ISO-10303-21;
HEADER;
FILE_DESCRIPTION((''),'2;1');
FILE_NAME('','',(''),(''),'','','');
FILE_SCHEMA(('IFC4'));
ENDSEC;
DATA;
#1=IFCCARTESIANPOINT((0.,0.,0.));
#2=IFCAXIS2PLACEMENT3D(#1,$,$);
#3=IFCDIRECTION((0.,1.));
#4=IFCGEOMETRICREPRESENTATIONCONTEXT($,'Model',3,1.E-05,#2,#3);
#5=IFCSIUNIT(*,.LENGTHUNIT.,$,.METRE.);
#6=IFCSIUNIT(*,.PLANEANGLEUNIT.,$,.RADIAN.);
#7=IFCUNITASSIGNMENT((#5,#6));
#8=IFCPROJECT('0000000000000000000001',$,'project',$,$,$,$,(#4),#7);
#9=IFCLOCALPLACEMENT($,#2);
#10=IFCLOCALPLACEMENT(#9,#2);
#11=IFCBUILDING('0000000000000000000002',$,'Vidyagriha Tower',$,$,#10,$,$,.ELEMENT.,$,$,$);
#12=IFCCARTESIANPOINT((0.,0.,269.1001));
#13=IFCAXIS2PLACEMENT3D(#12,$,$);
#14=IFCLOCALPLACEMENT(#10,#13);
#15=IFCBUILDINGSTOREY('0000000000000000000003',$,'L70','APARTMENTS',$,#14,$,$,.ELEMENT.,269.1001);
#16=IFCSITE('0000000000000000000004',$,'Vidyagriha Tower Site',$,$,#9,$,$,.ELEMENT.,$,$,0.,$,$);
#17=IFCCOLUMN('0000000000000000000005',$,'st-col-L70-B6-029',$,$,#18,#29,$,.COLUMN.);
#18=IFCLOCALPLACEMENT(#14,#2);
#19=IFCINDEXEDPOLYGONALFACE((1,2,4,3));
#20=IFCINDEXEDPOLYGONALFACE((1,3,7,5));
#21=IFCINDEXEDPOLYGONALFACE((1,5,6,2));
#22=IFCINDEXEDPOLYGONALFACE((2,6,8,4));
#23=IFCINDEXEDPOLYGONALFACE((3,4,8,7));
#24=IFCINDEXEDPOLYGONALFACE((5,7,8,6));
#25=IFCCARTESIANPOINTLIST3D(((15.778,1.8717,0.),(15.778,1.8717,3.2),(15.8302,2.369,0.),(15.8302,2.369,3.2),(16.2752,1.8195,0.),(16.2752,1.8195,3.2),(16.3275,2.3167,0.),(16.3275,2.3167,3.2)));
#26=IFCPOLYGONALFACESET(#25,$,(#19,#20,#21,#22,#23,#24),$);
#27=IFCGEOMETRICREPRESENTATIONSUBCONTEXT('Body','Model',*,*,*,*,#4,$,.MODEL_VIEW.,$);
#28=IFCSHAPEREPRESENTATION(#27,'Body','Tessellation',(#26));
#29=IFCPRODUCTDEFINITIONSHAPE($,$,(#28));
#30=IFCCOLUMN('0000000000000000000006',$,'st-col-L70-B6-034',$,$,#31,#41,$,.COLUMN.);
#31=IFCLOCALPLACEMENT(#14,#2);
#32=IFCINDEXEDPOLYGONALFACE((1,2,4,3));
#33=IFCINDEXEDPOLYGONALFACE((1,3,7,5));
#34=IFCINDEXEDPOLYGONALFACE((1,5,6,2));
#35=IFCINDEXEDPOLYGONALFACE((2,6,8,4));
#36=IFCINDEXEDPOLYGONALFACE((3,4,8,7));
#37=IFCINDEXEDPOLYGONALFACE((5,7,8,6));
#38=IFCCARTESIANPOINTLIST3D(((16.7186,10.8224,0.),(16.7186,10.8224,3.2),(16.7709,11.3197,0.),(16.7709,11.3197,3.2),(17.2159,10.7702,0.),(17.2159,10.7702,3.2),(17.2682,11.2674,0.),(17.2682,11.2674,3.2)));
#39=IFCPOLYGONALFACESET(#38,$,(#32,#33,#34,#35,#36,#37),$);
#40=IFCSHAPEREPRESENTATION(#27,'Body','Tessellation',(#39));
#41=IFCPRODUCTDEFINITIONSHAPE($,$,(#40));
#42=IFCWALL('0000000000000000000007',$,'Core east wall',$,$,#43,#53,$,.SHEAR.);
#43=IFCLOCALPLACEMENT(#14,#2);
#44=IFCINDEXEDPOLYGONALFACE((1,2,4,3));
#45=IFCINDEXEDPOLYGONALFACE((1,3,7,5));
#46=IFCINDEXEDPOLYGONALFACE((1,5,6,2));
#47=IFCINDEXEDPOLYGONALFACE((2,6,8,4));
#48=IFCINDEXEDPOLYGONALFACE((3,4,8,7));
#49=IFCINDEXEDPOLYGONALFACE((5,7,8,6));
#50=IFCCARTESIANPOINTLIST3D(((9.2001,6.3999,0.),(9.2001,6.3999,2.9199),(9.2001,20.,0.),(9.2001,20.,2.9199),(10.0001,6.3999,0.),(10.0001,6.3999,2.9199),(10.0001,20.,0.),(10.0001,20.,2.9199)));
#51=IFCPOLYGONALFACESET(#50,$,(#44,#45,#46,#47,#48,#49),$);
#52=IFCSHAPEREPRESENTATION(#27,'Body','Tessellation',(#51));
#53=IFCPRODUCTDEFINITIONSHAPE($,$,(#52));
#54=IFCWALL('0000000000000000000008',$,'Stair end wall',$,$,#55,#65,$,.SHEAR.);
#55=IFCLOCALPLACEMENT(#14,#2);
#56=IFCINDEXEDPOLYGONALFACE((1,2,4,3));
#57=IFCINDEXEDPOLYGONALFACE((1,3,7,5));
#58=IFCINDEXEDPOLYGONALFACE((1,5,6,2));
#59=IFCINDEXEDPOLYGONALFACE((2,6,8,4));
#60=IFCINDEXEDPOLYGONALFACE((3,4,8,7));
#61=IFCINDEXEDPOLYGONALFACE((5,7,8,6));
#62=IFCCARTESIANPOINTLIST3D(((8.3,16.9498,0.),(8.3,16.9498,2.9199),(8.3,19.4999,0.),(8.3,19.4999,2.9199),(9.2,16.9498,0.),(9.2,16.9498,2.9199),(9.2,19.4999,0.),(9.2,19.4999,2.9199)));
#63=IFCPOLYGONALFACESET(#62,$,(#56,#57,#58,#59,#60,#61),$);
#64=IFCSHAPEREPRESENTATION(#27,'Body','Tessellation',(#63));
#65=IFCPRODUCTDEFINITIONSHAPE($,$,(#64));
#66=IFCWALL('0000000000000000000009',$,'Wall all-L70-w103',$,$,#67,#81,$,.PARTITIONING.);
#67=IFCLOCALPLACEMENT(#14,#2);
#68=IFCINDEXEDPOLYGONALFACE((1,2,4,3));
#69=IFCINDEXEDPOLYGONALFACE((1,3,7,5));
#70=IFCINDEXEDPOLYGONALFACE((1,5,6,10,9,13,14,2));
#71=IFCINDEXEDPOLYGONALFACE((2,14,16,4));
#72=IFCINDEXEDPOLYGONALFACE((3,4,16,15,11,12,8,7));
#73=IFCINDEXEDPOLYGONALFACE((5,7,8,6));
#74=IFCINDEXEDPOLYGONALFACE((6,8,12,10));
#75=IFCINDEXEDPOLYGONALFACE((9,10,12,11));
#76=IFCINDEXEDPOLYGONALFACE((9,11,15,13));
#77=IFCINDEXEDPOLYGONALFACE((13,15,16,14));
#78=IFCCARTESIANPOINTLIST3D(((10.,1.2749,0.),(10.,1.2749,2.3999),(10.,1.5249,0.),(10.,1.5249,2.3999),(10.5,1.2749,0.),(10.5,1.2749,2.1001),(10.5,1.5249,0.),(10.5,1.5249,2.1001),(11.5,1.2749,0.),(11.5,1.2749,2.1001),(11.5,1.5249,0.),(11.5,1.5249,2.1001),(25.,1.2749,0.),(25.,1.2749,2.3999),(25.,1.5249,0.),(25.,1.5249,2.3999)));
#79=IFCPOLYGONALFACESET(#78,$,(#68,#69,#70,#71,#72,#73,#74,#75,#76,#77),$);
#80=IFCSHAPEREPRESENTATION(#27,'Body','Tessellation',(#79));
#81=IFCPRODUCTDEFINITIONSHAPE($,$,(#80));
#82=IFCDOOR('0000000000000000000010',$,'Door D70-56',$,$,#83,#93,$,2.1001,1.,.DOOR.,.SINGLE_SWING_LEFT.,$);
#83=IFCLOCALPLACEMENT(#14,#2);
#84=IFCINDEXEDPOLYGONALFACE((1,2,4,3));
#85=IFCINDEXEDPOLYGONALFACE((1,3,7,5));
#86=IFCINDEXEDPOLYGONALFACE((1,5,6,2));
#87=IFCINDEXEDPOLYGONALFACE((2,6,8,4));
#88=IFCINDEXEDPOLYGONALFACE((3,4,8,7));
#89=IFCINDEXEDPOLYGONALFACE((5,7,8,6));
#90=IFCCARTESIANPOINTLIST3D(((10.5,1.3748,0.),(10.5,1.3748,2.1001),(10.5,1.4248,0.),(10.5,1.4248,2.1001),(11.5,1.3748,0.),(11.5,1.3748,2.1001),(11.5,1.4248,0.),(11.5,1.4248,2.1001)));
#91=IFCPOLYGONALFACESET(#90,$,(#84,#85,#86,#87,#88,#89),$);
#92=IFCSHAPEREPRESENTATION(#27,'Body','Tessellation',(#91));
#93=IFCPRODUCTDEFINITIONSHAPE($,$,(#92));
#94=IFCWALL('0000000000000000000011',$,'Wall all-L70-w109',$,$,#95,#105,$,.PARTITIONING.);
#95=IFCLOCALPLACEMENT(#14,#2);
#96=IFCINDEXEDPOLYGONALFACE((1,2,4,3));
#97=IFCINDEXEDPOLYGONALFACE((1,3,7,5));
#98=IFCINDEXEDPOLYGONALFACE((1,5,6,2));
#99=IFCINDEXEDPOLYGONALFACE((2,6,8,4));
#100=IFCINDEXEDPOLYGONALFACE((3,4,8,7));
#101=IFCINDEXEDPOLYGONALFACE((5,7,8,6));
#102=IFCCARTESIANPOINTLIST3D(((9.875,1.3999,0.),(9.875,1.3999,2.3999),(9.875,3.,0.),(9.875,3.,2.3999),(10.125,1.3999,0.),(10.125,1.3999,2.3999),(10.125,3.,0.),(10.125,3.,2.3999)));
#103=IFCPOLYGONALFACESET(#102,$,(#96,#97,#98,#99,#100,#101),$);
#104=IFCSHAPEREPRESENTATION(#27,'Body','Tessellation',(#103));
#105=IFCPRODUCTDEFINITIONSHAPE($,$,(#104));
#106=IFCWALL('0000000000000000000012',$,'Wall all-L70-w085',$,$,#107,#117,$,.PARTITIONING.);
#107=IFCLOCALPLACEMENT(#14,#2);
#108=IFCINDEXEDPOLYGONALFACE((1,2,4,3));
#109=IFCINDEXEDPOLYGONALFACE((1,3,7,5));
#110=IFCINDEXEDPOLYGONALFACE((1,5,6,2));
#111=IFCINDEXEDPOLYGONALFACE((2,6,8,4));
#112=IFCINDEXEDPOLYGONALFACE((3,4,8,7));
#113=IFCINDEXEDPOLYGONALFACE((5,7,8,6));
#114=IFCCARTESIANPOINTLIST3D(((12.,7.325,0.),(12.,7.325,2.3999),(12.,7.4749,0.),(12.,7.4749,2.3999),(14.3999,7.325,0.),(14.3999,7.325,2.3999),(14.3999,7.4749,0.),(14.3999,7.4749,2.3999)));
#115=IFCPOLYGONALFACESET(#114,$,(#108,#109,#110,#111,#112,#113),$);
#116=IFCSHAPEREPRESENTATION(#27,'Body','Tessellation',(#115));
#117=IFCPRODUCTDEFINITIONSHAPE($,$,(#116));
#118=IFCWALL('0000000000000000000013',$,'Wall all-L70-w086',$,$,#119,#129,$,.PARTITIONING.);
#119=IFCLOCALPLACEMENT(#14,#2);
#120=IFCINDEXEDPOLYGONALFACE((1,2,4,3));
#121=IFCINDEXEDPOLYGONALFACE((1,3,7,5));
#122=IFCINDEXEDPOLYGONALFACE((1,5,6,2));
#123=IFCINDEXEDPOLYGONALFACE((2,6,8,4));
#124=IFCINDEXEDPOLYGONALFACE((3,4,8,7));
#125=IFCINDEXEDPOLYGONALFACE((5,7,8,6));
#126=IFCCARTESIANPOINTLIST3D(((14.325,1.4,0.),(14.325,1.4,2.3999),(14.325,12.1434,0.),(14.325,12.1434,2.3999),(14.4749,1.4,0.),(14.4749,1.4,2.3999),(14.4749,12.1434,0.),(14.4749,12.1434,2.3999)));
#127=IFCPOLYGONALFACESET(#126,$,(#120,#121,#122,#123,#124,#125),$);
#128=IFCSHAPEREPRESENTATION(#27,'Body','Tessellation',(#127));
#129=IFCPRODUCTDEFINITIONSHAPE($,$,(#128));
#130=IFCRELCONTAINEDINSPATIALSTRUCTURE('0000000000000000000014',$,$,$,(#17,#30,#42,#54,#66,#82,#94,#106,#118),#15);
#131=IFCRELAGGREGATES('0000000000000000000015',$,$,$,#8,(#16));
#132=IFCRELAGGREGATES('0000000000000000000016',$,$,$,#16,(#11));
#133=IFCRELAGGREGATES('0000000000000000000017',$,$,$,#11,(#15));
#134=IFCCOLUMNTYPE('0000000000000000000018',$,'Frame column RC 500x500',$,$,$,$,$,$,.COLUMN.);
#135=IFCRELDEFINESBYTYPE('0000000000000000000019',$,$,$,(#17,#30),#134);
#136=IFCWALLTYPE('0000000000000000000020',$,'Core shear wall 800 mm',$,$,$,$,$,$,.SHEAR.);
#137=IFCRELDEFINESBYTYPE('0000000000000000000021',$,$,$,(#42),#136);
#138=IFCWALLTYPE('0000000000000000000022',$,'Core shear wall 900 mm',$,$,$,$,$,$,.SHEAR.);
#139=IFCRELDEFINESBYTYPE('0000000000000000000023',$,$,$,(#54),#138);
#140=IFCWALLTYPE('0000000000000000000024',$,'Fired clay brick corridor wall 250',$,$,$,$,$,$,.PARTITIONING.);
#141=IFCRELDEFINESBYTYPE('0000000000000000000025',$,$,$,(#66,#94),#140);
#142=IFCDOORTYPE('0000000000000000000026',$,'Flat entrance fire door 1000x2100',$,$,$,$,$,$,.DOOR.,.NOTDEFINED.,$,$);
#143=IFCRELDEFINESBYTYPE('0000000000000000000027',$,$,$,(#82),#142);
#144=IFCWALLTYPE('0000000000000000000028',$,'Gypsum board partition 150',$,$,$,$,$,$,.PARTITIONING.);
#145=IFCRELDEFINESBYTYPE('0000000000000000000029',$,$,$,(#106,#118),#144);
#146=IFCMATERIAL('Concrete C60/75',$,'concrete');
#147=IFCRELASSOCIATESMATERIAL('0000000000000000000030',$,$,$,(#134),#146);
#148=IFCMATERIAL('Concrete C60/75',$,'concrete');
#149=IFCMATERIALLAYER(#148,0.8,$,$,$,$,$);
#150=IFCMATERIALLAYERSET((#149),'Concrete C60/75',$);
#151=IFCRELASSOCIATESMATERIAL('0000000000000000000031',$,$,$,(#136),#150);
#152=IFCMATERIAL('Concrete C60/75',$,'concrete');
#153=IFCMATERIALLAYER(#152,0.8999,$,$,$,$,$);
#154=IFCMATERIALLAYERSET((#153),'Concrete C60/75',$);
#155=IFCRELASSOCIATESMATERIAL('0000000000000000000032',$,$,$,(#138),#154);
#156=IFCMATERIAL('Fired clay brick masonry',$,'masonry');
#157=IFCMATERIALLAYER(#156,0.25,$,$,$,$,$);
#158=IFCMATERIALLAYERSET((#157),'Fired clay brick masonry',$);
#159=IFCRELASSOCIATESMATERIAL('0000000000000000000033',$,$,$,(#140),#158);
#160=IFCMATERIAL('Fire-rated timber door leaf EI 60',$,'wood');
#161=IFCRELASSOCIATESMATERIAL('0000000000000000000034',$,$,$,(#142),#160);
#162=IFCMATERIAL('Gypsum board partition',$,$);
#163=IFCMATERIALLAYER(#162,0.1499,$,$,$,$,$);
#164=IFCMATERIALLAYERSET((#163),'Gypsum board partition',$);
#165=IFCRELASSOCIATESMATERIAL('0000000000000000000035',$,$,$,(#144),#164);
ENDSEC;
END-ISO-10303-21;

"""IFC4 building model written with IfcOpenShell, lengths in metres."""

from ifc_helpers import new_model, si_unit, direction, frame, frame_2d, origin, origin_2d, place, context, subcontext, project, spatial, rectangle, extrude, material, layer, layer_set, material_profile, profile_set, type_object, element, fill, save


model = new_model("IFC4")

# Units and contexts
model_context = context("Model", 3, precision=1e-05, world=origin(), true_north=direction((0.0, 1.0)))
body_context = subcontext(model_context, "Body", "Model", "MODEL_VIEW")
ifc_project = project(units=[si_unit("LENGTHUNIT", "METRE"), si_unit("PLANEANGLEUNIT", "RADIAN")], contexts=[model_context])

# Site, building, storey
site_placement = place(None, origin())
site = spatial("IfcSite", under=ifc_project, at=site_placement, Name="Vidyagriha Tower Site", CompositionType="ELEMENT", RefElevation=0.0)
building_placement = place(site_placement, origin())
building = spatial("IfcBuilding", under=site, at=building_placement, Name="Vidyagriha Tower", CompositionType="ELEMENT")
storey_placement = place(building_placement, frame((0.0, 0.0, 269.1001)))
storey = spatial("IfcBuildingStorey", under=building, at=storey_placement, Name="L70", Description="APARTMENTS", CompositionType="ELEMENT", Elevation=269.1001)

# Columns
ifc_material_1 = material(Name="Concrete C60/75", Category="concrete")
ifc_material_profile = material_profile(ifc_material_1, rectangle(XDim=0.5, YDim=0.5, at=origin_2d()), Name="RC 500x500")
ifc_profile_set = profile_set([ifc_material_profile], Name="Concrete C60/75")
column_type = type_object("IfcColumnType", Name="Frame column RC 500x500", PredefinedType="COLUMN", material=ifc_profile_set)
for number, where, z_axis, x_axis, name in (
    (1, (16.0527, 2.0942, 0.0), (0.0, 0.0, 1.0), (0.994522, -0.104528, 0.0), "st-col-L70-B6-029"),
    (2, (16.9934, 11.0449, 0.0), (0.0, 0.0, 1.0), (0.994522, -0.104528, 0.0), "st-col-L70-B6-034"),
):
    element("IfcColumn", number, at=place(storey_placement, frame(where, z_axis=z_axis, x_axis=x_axis)), inside=storey, type_object=column_type, Name=name, PredefinedType="COLUMN", context=body_context, shape_type="SweptSolid", body=[
        extrude(rectangle(XDim=0.5, YDim=0.5, at=origin_2d()), origin(), (0.0, 0.0, 1.0), 3.2),
    ])

# Walls
ifc_material_2 = material(Name="Concrete C60/75", Category="concrete")
ifc_layer_1 = layer(ifc_material_2, 0.8)
ifc_layer_set_1 = layer_set([ifc_layer_1], Name="Concrete C60/75")
wall_type_1 = type_object("IfcWallType", Name="Core shear wall 800 mm", PredefinedType="SHEAR", material=ifc_layer_set_1)
wall_1_placement = place(storey_placement, frame((9.6001, 6.3999, 0.0), z_axis=(0.0, 0.0, 1.0), x_axis=(0.0, 1.0, 0.0)))
element("IfcWall", 3, at=wall_1_placement, inside=storey, type_object=wall_type_1, Name="Core east wall", PredefinedType="SHEAR", context=body_context, shape_type="SweptSolid", body=[
    extrude(rectangle(XDim=13.6001, YDim=0.8, at=frame_2d((6.8, 0.0))), origin(), (0.0, 0.0, 1.0), 2.9199),
])
ifc_material_3 = material(Name="Concrete C60/75", Category="concrete")
ifc_layer_2 = layer(ifc_material_3, 0.8999)
ifc_layer_set_2 = layer_set([ifc_layer_2], Name="Concrete C60/75")
wall_type_2 = type_object("IfcWallType", Name="Core shear wall 900 mm", PredefinedType="SHEAR", material=ifc_layer_set_2)
wall_2_placement = place(storey_placement, frame((8.75, 16.95, 0.0), z_axis=(0.0, 0.0, 1.0), x_axis=(0.0, 1.0, 0.0)))
element("IfcWall", 4, at=wall_2_placement, inside=storey, type_object=wall_type_2, Name="Stair end wall", PredefinedType="SHEAR", context=body_context, shape_type="SweptSolid", body=[
    extrude(rectangle(XDim=2.55, YDim=0.8999, at=frame_2d((1.2749, 0.0))), origin(), (0.0, 0.0, 1.0), 2.9199),
])

# Wall, opening, door
ifc_material_4 = material(Name="Fired clay brick masonry", Category="masonry")
ifc_layer_3 = layer(ifc_material_4, 0.25)
ifc_layer_set_3 = layer_set([ifc_layer_3], Name="Fired clay brick masonry")
wall_type_3 = type_object("IfcWallType", Name="Fired clay brick corridor wall 250", PredefinedType="PARTITIONING", material=ifc_layer_set_3)
wall_3_placement = place(storey_placement, frame((10.0, 1.3999, 0.0)))
wall_3 = element("IfcWall", 5, at=wall_3_placement, inside=storey, type_object=wall_type_3, Name="Wall all-L70-w103", PredefinedType="PARTITIONING", context=body_context, shape_type="SweptSolid", body=[
    extrude(rectangle(XDim=15.0, YDim=0.25, at=frame_2d((7.5, 0.0))), origin(), (0.0, 0.0, 1.0), 2.3999),
])
opening_1_placement = place(wall_3_placement, frame((0.5, 0.0, 0.0)))
opening_1 = element("IfcOpeningElement", 6, at=opening_1_placement, cuts=wall_3, PredefinedType="OPENING", context=body_context, shape_type="SweptSolid", body=[
    extrude(rectangle(XDim=1.0, YDim=2.1001, at=frame_2d((0.5, 1.05))), frame((0.0, 0.135, 0.0), z_axis=(0.0, -1.0, 0.0), x_axis=(1.0, 0.0, 0.0)), (0.0, 0.0, 1.0), 0.27),
])
ifc_material_5 = material(Name="Fire-rated timber door leaf EI 60", Category="wood")
door_type_1 = type_object("IfcDoorType", Name="Flat entrance fire door 1000x2100", OperationType="NOTDEFINED", PredefinedType="DOOR", material=ifc_material_5)
door_1_placement = place(opening_1_placement, origin())
door_1 = element("IfcDoor", 7, at=door_1_placement, inside=storey, type_object=door_type_1, Name="Door D70-56", OperationType="SINGLE_SWING_LEFT", OverallHeight=2.1001, OverallWidth=1.0, PredefinedType="DOOR", context=body_context, shape_type="SweptSolid", body=[
    extrude(rectangle(XDim=1.0, YDim=2.1001, at=frame_2d((0.5, 1.05))), frame((0.0, 0.0249, 0.0), z_axis=(0.0, -1.0, 0.0), x_axis=(1.0, 0.0, 0.0)), (0.0, 0.0, 1.0), 0.05),
])
fill(opening_1, door_1)

# Walls
wall_4_placement = place(storey_placement, frame((10.0, 1.3999, 0.0), z_axis=(0.0, 0.0, 1.0), x_axis=(0.0, 1.0, 0.0)))
element("IfcWall", 8, at=wall_4_placement, inside=storey, type_object=wall_type_3, Name="Wall all-L70-w109", PredefinedType="PARTITIONING", context=body_context, shape_type="SweptSolid", body=[
    extrude(rectangle(XDim=1.6001, YDim=0.25, at=frame_2d((0.8, 0.0))), origin(), (0.0, 0.0, 1.0), 2.3999),
])
ifc_material_6 = material(Name="Gypsum board partition")
ifc_layer_4 = layer(ifc_material_6, 0.1499)
ifc_layer_set_4 = layer_set([ifc_layer_4], Name="Gypsum board partition")
wall_type_4 = type_object("IfcWallType", Name="Gypsum board partition 150", PredefinedType="PARTITIONING", material=ifc_layer_set_4)
wall_5_placement = place(storey_placement, frame((12.0, 7.3999, 0.0)))
element("IfcWall", 9, at=wall_5_placement, inside=storey, type_object=wall_type_4, Name="Wall all-L70-w085", PredefinedType="PARTITIONING", context=body_context, shape_type="SweptSolid", body=[
    extrude(rectangle(XDim=2.3999, YDim=0.1499, at=frame_2d((1.2, 0.0))), origin(), (0.0, 0.0, 1.0), 2.3999),
])
wall_6_placement = place(storey_placement, frame((14.3999, 12.1433, 0.0), z_axis=(0.0, 0.0, 1.0), x_axis=(0.0, -1.0, 0.0)))
element("IfcWall", 10, at=wall_6_placement, inside=storey, type_object=wall_type_4, Name="Wall all-L70-w086", PredefinedType="PARTITIONING", context=body_context, shape_type="SweptSolid", body=[
    extrude(rectangle(XDim=10.7434, YDim=0.1499, at=frame_2d((5.3716, 0.0))), origin(), (0.0, 0.0, 1.0), 2.3999),
])

save(model, "model.ifc")
